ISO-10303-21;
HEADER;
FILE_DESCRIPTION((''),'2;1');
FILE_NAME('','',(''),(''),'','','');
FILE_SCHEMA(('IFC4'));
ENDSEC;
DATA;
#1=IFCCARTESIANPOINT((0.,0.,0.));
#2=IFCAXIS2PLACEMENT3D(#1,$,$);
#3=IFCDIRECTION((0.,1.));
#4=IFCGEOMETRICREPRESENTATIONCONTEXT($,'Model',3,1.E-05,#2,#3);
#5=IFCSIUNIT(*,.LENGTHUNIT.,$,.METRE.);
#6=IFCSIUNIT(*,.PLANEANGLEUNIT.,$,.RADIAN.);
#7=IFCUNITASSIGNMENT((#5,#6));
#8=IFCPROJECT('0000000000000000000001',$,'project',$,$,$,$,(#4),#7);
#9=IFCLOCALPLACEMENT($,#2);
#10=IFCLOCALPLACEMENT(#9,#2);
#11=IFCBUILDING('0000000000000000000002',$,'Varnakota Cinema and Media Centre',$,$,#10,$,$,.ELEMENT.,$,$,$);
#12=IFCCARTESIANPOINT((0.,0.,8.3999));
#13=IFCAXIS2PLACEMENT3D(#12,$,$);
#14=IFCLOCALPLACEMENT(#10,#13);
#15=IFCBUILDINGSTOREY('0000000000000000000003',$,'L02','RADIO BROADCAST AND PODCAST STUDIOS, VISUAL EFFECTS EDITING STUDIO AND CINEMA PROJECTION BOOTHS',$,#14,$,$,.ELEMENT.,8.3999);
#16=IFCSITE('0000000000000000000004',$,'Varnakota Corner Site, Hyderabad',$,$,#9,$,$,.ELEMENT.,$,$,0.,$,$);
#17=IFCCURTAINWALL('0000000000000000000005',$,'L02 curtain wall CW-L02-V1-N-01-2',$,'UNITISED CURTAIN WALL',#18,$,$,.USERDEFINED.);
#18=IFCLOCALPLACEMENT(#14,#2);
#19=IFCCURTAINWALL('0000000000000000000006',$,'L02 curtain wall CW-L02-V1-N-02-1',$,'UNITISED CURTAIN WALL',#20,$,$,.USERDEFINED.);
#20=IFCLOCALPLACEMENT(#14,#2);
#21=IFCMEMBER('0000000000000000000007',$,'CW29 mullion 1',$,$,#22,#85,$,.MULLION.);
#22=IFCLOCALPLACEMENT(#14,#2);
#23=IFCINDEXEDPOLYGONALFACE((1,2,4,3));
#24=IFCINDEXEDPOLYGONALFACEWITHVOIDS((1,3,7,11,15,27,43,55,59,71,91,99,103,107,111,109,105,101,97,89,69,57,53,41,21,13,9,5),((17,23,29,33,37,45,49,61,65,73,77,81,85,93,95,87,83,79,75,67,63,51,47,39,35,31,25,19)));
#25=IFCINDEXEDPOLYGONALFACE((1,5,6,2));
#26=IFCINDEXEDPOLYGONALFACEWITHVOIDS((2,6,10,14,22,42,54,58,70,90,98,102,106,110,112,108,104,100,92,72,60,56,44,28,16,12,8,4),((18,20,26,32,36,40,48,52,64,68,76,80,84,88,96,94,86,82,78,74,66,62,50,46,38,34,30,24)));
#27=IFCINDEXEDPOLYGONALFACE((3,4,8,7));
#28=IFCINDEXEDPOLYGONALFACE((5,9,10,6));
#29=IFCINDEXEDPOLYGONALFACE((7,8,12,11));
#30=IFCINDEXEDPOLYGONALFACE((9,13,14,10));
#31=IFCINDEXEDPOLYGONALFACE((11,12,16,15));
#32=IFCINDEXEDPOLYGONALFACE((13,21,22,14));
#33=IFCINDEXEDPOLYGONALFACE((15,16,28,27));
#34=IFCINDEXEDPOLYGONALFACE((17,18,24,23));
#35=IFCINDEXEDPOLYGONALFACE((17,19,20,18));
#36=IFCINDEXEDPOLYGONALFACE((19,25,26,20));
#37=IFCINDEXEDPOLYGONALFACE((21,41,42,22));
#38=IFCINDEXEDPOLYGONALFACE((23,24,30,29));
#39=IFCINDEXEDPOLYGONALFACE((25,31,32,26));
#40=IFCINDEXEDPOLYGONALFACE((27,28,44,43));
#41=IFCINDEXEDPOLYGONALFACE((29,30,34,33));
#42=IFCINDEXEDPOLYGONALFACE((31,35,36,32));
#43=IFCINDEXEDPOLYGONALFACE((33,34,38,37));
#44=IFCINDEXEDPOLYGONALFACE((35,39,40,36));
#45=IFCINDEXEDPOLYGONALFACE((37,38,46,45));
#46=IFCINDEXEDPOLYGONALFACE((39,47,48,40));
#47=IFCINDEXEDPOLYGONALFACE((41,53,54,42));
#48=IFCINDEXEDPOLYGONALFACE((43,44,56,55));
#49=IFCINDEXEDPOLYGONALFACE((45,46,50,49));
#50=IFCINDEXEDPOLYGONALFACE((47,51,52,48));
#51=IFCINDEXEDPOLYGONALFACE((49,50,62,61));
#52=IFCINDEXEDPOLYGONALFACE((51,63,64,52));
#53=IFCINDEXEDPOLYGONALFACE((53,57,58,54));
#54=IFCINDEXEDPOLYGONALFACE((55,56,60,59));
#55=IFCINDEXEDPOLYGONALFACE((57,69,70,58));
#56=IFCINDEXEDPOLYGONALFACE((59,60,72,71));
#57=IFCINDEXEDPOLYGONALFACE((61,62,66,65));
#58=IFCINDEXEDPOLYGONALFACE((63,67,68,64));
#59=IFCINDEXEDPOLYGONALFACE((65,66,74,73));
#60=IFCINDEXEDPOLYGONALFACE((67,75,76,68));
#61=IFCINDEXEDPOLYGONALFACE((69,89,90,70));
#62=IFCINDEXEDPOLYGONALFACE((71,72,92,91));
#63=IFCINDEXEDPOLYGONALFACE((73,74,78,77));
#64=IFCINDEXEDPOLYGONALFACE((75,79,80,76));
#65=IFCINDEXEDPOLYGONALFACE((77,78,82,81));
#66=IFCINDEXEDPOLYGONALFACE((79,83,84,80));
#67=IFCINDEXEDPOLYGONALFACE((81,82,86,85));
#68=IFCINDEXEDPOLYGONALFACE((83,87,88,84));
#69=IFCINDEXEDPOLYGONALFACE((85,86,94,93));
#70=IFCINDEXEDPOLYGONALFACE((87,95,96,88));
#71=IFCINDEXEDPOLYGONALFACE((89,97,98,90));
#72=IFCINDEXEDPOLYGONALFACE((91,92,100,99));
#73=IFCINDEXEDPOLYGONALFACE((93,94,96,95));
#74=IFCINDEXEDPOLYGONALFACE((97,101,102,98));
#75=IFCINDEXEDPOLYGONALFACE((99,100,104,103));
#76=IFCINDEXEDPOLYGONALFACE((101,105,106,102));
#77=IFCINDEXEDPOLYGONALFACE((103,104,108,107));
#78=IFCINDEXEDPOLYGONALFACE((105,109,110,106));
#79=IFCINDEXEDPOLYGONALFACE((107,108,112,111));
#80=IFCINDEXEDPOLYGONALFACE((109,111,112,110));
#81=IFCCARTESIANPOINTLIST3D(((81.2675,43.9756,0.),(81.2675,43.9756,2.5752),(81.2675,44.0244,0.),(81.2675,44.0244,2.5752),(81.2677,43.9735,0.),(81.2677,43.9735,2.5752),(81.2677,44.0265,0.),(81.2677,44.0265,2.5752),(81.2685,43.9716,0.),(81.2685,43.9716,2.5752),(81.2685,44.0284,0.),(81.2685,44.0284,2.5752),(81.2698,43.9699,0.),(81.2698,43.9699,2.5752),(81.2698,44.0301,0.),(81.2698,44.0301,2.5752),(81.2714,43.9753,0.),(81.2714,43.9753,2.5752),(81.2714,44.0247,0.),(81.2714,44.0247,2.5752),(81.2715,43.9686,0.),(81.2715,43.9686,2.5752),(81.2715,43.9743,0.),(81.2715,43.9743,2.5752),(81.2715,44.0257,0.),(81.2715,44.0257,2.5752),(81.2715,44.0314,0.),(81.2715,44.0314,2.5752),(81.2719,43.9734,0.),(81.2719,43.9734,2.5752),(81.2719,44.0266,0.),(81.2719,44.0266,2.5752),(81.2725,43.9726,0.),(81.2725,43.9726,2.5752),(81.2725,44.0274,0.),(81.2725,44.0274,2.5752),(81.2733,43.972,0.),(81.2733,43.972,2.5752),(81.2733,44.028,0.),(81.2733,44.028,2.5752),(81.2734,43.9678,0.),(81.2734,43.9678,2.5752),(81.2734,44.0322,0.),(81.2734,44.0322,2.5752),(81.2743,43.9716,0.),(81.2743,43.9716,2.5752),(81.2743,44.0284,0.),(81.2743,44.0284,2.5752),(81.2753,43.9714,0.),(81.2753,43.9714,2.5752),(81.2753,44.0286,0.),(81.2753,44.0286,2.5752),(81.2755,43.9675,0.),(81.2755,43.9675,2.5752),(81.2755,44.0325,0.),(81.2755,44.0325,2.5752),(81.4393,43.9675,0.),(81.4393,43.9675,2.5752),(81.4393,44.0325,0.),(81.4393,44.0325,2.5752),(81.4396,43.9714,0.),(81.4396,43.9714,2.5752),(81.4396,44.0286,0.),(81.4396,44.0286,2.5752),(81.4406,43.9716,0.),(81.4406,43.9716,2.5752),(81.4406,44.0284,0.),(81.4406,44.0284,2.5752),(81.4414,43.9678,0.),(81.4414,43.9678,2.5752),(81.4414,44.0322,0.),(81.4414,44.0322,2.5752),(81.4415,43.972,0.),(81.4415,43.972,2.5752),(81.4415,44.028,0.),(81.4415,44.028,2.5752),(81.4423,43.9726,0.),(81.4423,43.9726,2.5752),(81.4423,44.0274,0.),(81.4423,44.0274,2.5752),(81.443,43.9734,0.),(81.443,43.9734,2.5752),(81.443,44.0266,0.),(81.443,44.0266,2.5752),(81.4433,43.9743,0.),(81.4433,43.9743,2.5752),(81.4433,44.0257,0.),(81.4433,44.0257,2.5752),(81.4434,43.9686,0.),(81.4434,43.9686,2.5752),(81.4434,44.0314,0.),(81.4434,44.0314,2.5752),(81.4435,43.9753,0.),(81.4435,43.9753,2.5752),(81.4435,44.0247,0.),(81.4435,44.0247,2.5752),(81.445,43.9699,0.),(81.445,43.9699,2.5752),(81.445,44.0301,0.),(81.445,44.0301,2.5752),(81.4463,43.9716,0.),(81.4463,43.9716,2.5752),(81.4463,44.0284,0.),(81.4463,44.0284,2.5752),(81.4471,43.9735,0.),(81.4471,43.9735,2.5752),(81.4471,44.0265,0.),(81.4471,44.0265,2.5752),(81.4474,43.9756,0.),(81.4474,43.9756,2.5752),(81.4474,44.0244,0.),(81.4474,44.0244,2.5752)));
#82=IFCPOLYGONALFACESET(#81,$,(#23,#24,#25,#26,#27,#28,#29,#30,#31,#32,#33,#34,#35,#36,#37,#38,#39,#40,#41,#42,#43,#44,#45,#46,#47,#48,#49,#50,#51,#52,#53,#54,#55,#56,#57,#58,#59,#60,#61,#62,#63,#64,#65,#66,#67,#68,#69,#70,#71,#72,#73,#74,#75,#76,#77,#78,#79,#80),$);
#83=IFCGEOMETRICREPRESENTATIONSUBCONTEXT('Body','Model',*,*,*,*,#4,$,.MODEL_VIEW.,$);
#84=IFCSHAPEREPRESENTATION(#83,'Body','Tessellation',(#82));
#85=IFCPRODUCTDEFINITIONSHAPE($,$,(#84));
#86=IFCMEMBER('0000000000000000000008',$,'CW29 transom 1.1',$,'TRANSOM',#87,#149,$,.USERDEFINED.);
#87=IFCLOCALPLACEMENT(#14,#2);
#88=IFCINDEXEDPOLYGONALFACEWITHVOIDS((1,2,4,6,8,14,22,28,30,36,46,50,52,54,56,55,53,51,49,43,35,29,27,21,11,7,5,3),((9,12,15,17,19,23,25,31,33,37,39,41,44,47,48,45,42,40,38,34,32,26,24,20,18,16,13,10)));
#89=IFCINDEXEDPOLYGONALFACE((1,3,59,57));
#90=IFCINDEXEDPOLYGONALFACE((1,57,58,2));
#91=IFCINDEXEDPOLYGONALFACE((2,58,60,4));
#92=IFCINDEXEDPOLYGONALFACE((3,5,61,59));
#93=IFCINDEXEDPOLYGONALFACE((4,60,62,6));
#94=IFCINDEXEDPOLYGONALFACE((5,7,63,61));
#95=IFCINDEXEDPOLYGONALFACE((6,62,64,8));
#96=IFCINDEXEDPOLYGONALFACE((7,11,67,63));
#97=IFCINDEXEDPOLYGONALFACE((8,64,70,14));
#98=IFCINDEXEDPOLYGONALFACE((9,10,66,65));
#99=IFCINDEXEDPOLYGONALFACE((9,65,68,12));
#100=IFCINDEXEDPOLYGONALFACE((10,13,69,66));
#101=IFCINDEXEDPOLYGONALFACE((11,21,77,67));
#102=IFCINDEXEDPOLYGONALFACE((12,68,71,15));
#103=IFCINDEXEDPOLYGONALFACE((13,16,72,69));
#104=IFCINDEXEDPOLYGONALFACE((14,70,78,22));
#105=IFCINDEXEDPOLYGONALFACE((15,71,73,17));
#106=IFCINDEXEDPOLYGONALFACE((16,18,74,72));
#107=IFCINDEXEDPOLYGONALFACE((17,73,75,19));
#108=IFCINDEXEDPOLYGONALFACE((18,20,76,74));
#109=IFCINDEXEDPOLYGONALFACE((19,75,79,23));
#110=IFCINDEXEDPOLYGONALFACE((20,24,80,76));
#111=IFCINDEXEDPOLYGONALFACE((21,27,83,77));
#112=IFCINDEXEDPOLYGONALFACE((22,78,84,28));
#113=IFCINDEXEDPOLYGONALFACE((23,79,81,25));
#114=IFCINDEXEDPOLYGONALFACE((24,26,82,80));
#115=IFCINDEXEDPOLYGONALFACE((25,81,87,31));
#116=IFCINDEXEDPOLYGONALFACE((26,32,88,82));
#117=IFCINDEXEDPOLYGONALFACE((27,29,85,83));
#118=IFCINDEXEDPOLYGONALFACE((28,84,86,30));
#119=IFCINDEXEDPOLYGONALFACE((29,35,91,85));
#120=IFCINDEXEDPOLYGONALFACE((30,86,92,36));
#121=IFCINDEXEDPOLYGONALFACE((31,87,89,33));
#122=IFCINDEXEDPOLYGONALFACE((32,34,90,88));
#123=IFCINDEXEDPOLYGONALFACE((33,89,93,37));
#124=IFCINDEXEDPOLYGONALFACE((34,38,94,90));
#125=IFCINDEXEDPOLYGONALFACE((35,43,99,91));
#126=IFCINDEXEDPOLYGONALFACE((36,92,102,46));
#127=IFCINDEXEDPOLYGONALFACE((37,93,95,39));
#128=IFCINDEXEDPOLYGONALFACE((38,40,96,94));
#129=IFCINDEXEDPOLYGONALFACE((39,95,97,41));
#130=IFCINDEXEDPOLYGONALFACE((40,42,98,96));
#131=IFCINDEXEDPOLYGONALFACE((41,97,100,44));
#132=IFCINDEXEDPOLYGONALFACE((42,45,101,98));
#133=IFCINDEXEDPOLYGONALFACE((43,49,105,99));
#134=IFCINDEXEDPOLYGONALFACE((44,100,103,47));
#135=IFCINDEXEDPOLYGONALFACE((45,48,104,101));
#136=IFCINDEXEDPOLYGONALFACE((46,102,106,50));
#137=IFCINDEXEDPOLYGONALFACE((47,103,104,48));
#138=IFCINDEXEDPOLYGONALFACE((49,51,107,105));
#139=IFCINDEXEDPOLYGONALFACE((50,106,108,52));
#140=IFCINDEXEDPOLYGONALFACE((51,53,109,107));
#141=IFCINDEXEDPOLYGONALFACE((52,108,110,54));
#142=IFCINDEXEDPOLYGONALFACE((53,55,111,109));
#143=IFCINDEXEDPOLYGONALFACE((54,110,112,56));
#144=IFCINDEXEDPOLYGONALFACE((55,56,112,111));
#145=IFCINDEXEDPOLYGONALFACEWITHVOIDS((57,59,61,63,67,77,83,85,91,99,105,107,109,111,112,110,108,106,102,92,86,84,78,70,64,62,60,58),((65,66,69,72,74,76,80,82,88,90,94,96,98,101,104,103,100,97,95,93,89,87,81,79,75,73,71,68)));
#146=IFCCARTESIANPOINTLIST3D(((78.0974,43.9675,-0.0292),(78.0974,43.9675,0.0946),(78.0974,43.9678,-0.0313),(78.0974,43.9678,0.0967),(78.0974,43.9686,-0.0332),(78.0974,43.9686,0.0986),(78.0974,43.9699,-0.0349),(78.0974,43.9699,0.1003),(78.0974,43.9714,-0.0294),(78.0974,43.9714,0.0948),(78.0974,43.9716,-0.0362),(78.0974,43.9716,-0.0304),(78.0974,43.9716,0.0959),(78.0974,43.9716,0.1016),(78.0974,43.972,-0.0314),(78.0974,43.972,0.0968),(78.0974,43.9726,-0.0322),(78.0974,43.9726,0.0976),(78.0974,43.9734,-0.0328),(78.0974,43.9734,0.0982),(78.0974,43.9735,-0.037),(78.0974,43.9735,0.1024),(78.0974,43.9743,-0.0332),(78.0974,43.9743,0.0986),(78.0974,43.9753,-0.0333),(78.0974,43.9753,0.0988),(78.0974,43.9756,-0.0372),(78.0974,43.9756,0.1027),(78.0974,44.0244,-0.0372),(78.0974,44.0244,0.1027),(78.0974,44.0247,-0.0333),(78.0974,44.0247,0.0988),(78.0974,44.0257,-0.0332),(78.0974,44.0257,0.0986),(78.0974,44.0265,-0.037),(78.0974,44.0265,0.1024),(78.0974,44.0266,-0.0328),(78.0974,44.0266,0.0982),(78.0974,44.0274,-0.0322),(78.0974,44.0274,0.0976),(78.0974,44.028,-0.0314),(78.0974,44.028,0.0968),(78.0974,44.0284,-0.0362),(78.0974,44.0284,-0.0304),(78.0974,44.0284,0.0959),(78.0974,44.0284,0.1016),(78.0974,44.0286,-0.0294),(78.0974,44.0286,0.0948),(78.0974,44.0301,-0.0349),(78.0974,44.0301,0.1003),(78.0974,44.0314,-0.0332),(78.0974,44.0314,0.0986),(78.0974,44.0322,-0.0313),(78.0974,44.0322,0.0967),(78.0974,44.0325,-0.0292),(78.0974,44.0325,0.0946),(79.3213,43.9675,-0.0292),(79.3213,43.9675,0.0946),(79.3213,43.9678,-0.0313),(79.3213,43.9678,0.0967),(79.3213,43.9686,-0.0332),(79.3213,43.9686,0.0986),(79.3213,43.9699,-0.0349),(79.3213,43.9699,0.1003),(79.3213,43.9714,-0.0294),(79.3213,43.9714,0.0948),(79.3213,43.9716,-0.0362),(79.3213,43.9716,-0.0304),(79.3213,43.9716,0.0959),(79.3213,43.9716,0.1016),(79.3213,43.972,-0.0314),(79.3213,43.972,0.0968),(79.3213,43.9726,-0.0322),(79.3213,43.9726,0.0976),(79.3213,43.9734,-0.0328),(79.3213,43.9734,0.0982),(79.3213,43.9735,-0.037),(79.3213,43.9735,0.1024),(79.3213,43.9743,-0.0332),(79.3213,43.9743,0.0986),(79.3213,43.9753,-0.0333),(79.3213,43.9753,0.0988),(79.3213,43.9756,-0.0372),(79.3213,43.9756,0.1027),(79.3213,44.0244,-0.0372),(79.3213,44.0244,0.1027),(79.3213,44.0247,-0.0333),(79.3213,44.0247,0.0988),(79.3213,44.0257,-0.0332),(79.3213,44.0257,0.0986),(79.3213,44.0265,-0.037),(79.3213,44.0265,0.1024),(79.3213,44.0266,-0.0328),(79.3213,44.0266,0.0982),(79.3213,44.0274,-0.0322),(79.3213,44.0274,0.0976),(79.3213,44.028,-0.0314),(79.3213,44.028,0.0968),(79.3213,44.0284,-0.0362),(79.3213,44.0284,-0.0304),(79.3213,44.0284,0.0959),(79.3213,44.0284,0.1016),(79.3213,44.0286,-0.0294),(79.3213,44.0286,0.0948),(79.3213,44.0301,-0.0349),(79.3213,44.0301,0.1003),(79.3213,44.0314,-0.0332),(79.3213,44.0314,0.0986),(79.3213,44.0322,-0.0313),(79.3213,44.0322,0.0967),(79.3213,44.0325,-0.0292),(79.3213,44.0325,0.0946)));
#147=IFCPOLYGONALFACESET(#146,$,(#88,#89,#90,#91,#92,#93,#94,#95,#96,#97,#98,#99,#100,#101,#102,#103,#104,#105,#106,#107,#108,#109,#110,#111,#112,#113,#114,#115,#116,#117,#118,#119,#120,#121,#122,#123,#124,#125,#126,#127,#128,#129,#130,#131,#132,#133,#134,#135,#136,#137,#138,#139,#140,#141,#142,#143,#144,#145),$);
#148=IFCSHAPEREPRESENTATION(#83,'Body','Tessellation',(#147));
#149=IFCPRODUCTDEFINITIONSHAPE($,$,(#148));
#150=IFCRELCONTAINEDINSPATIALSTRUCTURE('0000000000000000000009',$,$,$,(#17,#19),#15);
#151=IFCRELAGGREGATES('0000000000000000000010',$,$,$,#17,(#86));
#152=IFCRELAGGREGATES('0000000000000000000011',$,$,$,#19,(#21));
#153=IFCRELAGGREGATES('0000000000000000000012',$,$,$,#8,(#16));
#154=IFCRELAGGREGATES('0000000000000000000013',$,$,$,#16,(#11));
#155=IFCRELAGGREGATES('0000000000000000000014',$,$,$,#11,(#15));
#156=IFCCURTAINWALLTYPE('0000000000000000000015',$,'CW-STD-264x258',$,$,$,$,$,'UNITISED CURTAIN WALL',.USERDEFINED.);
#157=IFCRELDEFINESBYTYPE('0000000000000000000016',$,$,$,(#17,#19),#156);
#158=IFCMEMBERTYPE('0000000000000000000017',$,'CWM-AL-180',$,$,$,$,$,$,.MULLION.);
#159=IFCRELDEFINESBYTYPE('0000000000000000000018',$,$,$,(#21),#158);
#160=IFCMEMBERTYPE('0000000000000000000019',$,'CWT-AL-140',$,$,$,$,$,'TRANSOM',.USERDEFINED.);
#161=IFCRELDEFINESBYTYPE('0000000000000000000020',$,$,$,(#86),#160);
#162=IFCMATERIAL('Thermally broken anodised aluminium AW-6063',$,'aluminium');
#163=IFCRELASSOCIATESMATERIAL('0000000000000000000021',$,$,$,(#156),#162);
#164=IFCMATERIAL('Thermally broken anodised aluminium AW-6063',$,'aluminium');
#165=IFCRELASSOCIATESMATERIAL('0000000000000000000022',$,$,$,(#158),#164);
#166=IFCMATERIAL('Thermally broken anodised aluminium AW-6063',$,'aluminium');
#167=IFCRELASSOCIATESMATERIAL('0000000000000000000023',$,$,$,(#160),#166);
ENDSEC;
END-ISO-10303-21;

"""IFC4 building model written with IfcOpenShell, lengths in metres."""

from ifc_helpers import new_model, si_unit, direction, frame, origin, origin_2d, place, context, subcontext, project, spatial, hollow_rectangle, extrude, material, material_profile, profile_set, type_object, element, aggregate, save


model = new_model("IFC4")

# Units and contexts
model_context = context("Model", 3, precision=1e-05, world=origin(), true_north=direction((0.0, 1.0)))
body_context = subcontext(model_context, "Body", "Model", "MODEL_VIEW")
ifc_project = project(units=[si_unit("LENGTHUNIT", "METRE"), si_unit("PLANEANGLEUNIT", "RADIAN")], contexts=[model_context])

# Site, building, storey
site_placement = place(None, origin())
site = spatial("IfcSite", under=ifc_project, at=site_placement, Name="Varnakota Corner Site, Hyderabad", CompositionType="ELEMENT", RefElevation=0.0)
building_placement = place(site_placement, origin())
building = spatial("IfcBuilding", under=site, at=building_placement, Name="Varnakota Cinema and Media Centre", CompositionType="ELEMENT")
storey_placement = place(building_placement, frame((0.0, 0.0, 8.3999)))
storey = spatial("IfcBuildingStorey", under=building, at=storey_placement, Name="L02", Description="RADIO BROADCAST AND PODCAST STUDIOS, VISUAL EFFECTS EDITING STUDIO AND CINEMA PROJECTION BOOTHS", CompositionType="ELEMENT", Elevation=8.3999)

# Shared definitions
ifc_material_1 = material(Name="Thermally broken anodised aluminium AW-6063", Category="aluminium")
curtain_wall_type = type_object("IfcCurtainWallType", Name="CW-STD-264x258", ElementType="UNITISED CURTAIN WALL", PredefinedType="USERDEFINED", material=ifc_material_1)
ifc_material_2 = material(Name="Thermally broken anodised aluminium AW-6063", Category="aluminium")
ifc_material_profile_1 = material_profile(ifc_material_2, hollow_rectangle(XDim=0.0649, YDim=0.1799, WallThickness=0.0039, InnerFilletRadius=0.0039, OuterFilletRadius=0.0081, at=origin_2d()), Name="AL-MULLION 180x65x4")
ifc_profile_set_1 = profile_set([ifc_material_profile_1], Name="Thermally broken anodised aluminium AW-6063")
member_type_1 = type_object("IfcMemberType", Name="CWM-AL-180", PredefinedType="MULLION", material=ifc_profile_set_1)

# Curtain wall
curtain_wall_1_placement = place(storey_placement, origin())
curtain_wall_1 = element("IfcCurtainWall", 1, at=curtain_wall_1_placement, inside=storey, type_object=curtain_wall_type, Name="L02 curtain wall CW-L02-V1-N-01-2", ObjectType="UNITISED CURTAIN WALL", PredefinedType="USERDEFINED")

# Curtain wall, member
curtain_wall_2_placement = place(storey_placement, origin())
curtain_wall_2 = element("IfcCurtainWall", 2, at=curtain_wall_2_placement, inside=storey, type_object=curtain_wall_type, Name="L02 curtain wall CW-L02-V1-N-02-1", ObjectType="UNITISED CURTAIN WALL", PredefinedType="USERDEFINED")
member_1_placement = place(storey_placement, frame((81.3574, 44.0, 0.0), z_axis=(0.0, 0.0, 1.0), x_axis=(0.0, 1.0, 0.0)))
member_1 = element("IfcMember", 3, at=member_1_placement, type_object=member_type_1, Name="CW29 mullion 1", PredefinedType="MULLION", context=body_context, shape_type="SweptSolid", body=[
    extrude(hollow_rectangle(XDim=0.0649, YDim=0.1799, WallThickness=0.0039, InnerFilletRadius=0.0039, OuterFilletRadius=0.0081, at=origin_2d()), origin(), (0.0, 0.0, 1.0), 2.5752),
])

# Member
ifc_material_3 = material(Name="Thermally broken anodised aluminium AW-6063", Category="aluminium")
ifc_material_profile_2 = material_profile(ifc_material_3, hollow_rectangle(XDim=0.0649, YDim=0.1399, WallThickness=0.0039, InnerFilletRadius=0.0039, OuterFilletRadius=0.0081, at=origin_2d()), Name="AL-TRANSOM 140x65x4")
ifc_profile_set_2 = profile_set([ifc_material_profile_2], Name="Thermally broken anodised aluminium AW-6063")
member_type_2 = type_object("IfcMemberType", Name="CWT-AL-140", ElementType="TRANSOM", PredefinedType="USERDEFINED", material=ifc_profile_set_2)
member_2_placement = place(storey_placement, frame((78.0974, 44.0, 0.0327), z_axis=(1.0, 0.0, 0.0), x_axis=(0.0, 1.0, 0.0)))
member_2 = element("IfcMember", 4, at=member_2_placement, type_object=member_type_2, Name="CW29 transom 1.1", ObjectType="TRANSOM", PredefinedType="USERDEFINED", context=body_context, shape_type="SweptSolid", body=[
    extrude(hollow_rectangle(XDim=0.0649, YDim=0.1399, WallThickness=0.0039, InnerFilletRadius=0.0039, OuterFilletRadius=0.0081, at=origin_2d()), origin(), (0.0, 0.0, 1.0), 1.2239),
])

aggregate(curtain_wall_1, [member_2])
aggregate(curtain_wall_2, [member_1])

save(model, "model.ifc")
